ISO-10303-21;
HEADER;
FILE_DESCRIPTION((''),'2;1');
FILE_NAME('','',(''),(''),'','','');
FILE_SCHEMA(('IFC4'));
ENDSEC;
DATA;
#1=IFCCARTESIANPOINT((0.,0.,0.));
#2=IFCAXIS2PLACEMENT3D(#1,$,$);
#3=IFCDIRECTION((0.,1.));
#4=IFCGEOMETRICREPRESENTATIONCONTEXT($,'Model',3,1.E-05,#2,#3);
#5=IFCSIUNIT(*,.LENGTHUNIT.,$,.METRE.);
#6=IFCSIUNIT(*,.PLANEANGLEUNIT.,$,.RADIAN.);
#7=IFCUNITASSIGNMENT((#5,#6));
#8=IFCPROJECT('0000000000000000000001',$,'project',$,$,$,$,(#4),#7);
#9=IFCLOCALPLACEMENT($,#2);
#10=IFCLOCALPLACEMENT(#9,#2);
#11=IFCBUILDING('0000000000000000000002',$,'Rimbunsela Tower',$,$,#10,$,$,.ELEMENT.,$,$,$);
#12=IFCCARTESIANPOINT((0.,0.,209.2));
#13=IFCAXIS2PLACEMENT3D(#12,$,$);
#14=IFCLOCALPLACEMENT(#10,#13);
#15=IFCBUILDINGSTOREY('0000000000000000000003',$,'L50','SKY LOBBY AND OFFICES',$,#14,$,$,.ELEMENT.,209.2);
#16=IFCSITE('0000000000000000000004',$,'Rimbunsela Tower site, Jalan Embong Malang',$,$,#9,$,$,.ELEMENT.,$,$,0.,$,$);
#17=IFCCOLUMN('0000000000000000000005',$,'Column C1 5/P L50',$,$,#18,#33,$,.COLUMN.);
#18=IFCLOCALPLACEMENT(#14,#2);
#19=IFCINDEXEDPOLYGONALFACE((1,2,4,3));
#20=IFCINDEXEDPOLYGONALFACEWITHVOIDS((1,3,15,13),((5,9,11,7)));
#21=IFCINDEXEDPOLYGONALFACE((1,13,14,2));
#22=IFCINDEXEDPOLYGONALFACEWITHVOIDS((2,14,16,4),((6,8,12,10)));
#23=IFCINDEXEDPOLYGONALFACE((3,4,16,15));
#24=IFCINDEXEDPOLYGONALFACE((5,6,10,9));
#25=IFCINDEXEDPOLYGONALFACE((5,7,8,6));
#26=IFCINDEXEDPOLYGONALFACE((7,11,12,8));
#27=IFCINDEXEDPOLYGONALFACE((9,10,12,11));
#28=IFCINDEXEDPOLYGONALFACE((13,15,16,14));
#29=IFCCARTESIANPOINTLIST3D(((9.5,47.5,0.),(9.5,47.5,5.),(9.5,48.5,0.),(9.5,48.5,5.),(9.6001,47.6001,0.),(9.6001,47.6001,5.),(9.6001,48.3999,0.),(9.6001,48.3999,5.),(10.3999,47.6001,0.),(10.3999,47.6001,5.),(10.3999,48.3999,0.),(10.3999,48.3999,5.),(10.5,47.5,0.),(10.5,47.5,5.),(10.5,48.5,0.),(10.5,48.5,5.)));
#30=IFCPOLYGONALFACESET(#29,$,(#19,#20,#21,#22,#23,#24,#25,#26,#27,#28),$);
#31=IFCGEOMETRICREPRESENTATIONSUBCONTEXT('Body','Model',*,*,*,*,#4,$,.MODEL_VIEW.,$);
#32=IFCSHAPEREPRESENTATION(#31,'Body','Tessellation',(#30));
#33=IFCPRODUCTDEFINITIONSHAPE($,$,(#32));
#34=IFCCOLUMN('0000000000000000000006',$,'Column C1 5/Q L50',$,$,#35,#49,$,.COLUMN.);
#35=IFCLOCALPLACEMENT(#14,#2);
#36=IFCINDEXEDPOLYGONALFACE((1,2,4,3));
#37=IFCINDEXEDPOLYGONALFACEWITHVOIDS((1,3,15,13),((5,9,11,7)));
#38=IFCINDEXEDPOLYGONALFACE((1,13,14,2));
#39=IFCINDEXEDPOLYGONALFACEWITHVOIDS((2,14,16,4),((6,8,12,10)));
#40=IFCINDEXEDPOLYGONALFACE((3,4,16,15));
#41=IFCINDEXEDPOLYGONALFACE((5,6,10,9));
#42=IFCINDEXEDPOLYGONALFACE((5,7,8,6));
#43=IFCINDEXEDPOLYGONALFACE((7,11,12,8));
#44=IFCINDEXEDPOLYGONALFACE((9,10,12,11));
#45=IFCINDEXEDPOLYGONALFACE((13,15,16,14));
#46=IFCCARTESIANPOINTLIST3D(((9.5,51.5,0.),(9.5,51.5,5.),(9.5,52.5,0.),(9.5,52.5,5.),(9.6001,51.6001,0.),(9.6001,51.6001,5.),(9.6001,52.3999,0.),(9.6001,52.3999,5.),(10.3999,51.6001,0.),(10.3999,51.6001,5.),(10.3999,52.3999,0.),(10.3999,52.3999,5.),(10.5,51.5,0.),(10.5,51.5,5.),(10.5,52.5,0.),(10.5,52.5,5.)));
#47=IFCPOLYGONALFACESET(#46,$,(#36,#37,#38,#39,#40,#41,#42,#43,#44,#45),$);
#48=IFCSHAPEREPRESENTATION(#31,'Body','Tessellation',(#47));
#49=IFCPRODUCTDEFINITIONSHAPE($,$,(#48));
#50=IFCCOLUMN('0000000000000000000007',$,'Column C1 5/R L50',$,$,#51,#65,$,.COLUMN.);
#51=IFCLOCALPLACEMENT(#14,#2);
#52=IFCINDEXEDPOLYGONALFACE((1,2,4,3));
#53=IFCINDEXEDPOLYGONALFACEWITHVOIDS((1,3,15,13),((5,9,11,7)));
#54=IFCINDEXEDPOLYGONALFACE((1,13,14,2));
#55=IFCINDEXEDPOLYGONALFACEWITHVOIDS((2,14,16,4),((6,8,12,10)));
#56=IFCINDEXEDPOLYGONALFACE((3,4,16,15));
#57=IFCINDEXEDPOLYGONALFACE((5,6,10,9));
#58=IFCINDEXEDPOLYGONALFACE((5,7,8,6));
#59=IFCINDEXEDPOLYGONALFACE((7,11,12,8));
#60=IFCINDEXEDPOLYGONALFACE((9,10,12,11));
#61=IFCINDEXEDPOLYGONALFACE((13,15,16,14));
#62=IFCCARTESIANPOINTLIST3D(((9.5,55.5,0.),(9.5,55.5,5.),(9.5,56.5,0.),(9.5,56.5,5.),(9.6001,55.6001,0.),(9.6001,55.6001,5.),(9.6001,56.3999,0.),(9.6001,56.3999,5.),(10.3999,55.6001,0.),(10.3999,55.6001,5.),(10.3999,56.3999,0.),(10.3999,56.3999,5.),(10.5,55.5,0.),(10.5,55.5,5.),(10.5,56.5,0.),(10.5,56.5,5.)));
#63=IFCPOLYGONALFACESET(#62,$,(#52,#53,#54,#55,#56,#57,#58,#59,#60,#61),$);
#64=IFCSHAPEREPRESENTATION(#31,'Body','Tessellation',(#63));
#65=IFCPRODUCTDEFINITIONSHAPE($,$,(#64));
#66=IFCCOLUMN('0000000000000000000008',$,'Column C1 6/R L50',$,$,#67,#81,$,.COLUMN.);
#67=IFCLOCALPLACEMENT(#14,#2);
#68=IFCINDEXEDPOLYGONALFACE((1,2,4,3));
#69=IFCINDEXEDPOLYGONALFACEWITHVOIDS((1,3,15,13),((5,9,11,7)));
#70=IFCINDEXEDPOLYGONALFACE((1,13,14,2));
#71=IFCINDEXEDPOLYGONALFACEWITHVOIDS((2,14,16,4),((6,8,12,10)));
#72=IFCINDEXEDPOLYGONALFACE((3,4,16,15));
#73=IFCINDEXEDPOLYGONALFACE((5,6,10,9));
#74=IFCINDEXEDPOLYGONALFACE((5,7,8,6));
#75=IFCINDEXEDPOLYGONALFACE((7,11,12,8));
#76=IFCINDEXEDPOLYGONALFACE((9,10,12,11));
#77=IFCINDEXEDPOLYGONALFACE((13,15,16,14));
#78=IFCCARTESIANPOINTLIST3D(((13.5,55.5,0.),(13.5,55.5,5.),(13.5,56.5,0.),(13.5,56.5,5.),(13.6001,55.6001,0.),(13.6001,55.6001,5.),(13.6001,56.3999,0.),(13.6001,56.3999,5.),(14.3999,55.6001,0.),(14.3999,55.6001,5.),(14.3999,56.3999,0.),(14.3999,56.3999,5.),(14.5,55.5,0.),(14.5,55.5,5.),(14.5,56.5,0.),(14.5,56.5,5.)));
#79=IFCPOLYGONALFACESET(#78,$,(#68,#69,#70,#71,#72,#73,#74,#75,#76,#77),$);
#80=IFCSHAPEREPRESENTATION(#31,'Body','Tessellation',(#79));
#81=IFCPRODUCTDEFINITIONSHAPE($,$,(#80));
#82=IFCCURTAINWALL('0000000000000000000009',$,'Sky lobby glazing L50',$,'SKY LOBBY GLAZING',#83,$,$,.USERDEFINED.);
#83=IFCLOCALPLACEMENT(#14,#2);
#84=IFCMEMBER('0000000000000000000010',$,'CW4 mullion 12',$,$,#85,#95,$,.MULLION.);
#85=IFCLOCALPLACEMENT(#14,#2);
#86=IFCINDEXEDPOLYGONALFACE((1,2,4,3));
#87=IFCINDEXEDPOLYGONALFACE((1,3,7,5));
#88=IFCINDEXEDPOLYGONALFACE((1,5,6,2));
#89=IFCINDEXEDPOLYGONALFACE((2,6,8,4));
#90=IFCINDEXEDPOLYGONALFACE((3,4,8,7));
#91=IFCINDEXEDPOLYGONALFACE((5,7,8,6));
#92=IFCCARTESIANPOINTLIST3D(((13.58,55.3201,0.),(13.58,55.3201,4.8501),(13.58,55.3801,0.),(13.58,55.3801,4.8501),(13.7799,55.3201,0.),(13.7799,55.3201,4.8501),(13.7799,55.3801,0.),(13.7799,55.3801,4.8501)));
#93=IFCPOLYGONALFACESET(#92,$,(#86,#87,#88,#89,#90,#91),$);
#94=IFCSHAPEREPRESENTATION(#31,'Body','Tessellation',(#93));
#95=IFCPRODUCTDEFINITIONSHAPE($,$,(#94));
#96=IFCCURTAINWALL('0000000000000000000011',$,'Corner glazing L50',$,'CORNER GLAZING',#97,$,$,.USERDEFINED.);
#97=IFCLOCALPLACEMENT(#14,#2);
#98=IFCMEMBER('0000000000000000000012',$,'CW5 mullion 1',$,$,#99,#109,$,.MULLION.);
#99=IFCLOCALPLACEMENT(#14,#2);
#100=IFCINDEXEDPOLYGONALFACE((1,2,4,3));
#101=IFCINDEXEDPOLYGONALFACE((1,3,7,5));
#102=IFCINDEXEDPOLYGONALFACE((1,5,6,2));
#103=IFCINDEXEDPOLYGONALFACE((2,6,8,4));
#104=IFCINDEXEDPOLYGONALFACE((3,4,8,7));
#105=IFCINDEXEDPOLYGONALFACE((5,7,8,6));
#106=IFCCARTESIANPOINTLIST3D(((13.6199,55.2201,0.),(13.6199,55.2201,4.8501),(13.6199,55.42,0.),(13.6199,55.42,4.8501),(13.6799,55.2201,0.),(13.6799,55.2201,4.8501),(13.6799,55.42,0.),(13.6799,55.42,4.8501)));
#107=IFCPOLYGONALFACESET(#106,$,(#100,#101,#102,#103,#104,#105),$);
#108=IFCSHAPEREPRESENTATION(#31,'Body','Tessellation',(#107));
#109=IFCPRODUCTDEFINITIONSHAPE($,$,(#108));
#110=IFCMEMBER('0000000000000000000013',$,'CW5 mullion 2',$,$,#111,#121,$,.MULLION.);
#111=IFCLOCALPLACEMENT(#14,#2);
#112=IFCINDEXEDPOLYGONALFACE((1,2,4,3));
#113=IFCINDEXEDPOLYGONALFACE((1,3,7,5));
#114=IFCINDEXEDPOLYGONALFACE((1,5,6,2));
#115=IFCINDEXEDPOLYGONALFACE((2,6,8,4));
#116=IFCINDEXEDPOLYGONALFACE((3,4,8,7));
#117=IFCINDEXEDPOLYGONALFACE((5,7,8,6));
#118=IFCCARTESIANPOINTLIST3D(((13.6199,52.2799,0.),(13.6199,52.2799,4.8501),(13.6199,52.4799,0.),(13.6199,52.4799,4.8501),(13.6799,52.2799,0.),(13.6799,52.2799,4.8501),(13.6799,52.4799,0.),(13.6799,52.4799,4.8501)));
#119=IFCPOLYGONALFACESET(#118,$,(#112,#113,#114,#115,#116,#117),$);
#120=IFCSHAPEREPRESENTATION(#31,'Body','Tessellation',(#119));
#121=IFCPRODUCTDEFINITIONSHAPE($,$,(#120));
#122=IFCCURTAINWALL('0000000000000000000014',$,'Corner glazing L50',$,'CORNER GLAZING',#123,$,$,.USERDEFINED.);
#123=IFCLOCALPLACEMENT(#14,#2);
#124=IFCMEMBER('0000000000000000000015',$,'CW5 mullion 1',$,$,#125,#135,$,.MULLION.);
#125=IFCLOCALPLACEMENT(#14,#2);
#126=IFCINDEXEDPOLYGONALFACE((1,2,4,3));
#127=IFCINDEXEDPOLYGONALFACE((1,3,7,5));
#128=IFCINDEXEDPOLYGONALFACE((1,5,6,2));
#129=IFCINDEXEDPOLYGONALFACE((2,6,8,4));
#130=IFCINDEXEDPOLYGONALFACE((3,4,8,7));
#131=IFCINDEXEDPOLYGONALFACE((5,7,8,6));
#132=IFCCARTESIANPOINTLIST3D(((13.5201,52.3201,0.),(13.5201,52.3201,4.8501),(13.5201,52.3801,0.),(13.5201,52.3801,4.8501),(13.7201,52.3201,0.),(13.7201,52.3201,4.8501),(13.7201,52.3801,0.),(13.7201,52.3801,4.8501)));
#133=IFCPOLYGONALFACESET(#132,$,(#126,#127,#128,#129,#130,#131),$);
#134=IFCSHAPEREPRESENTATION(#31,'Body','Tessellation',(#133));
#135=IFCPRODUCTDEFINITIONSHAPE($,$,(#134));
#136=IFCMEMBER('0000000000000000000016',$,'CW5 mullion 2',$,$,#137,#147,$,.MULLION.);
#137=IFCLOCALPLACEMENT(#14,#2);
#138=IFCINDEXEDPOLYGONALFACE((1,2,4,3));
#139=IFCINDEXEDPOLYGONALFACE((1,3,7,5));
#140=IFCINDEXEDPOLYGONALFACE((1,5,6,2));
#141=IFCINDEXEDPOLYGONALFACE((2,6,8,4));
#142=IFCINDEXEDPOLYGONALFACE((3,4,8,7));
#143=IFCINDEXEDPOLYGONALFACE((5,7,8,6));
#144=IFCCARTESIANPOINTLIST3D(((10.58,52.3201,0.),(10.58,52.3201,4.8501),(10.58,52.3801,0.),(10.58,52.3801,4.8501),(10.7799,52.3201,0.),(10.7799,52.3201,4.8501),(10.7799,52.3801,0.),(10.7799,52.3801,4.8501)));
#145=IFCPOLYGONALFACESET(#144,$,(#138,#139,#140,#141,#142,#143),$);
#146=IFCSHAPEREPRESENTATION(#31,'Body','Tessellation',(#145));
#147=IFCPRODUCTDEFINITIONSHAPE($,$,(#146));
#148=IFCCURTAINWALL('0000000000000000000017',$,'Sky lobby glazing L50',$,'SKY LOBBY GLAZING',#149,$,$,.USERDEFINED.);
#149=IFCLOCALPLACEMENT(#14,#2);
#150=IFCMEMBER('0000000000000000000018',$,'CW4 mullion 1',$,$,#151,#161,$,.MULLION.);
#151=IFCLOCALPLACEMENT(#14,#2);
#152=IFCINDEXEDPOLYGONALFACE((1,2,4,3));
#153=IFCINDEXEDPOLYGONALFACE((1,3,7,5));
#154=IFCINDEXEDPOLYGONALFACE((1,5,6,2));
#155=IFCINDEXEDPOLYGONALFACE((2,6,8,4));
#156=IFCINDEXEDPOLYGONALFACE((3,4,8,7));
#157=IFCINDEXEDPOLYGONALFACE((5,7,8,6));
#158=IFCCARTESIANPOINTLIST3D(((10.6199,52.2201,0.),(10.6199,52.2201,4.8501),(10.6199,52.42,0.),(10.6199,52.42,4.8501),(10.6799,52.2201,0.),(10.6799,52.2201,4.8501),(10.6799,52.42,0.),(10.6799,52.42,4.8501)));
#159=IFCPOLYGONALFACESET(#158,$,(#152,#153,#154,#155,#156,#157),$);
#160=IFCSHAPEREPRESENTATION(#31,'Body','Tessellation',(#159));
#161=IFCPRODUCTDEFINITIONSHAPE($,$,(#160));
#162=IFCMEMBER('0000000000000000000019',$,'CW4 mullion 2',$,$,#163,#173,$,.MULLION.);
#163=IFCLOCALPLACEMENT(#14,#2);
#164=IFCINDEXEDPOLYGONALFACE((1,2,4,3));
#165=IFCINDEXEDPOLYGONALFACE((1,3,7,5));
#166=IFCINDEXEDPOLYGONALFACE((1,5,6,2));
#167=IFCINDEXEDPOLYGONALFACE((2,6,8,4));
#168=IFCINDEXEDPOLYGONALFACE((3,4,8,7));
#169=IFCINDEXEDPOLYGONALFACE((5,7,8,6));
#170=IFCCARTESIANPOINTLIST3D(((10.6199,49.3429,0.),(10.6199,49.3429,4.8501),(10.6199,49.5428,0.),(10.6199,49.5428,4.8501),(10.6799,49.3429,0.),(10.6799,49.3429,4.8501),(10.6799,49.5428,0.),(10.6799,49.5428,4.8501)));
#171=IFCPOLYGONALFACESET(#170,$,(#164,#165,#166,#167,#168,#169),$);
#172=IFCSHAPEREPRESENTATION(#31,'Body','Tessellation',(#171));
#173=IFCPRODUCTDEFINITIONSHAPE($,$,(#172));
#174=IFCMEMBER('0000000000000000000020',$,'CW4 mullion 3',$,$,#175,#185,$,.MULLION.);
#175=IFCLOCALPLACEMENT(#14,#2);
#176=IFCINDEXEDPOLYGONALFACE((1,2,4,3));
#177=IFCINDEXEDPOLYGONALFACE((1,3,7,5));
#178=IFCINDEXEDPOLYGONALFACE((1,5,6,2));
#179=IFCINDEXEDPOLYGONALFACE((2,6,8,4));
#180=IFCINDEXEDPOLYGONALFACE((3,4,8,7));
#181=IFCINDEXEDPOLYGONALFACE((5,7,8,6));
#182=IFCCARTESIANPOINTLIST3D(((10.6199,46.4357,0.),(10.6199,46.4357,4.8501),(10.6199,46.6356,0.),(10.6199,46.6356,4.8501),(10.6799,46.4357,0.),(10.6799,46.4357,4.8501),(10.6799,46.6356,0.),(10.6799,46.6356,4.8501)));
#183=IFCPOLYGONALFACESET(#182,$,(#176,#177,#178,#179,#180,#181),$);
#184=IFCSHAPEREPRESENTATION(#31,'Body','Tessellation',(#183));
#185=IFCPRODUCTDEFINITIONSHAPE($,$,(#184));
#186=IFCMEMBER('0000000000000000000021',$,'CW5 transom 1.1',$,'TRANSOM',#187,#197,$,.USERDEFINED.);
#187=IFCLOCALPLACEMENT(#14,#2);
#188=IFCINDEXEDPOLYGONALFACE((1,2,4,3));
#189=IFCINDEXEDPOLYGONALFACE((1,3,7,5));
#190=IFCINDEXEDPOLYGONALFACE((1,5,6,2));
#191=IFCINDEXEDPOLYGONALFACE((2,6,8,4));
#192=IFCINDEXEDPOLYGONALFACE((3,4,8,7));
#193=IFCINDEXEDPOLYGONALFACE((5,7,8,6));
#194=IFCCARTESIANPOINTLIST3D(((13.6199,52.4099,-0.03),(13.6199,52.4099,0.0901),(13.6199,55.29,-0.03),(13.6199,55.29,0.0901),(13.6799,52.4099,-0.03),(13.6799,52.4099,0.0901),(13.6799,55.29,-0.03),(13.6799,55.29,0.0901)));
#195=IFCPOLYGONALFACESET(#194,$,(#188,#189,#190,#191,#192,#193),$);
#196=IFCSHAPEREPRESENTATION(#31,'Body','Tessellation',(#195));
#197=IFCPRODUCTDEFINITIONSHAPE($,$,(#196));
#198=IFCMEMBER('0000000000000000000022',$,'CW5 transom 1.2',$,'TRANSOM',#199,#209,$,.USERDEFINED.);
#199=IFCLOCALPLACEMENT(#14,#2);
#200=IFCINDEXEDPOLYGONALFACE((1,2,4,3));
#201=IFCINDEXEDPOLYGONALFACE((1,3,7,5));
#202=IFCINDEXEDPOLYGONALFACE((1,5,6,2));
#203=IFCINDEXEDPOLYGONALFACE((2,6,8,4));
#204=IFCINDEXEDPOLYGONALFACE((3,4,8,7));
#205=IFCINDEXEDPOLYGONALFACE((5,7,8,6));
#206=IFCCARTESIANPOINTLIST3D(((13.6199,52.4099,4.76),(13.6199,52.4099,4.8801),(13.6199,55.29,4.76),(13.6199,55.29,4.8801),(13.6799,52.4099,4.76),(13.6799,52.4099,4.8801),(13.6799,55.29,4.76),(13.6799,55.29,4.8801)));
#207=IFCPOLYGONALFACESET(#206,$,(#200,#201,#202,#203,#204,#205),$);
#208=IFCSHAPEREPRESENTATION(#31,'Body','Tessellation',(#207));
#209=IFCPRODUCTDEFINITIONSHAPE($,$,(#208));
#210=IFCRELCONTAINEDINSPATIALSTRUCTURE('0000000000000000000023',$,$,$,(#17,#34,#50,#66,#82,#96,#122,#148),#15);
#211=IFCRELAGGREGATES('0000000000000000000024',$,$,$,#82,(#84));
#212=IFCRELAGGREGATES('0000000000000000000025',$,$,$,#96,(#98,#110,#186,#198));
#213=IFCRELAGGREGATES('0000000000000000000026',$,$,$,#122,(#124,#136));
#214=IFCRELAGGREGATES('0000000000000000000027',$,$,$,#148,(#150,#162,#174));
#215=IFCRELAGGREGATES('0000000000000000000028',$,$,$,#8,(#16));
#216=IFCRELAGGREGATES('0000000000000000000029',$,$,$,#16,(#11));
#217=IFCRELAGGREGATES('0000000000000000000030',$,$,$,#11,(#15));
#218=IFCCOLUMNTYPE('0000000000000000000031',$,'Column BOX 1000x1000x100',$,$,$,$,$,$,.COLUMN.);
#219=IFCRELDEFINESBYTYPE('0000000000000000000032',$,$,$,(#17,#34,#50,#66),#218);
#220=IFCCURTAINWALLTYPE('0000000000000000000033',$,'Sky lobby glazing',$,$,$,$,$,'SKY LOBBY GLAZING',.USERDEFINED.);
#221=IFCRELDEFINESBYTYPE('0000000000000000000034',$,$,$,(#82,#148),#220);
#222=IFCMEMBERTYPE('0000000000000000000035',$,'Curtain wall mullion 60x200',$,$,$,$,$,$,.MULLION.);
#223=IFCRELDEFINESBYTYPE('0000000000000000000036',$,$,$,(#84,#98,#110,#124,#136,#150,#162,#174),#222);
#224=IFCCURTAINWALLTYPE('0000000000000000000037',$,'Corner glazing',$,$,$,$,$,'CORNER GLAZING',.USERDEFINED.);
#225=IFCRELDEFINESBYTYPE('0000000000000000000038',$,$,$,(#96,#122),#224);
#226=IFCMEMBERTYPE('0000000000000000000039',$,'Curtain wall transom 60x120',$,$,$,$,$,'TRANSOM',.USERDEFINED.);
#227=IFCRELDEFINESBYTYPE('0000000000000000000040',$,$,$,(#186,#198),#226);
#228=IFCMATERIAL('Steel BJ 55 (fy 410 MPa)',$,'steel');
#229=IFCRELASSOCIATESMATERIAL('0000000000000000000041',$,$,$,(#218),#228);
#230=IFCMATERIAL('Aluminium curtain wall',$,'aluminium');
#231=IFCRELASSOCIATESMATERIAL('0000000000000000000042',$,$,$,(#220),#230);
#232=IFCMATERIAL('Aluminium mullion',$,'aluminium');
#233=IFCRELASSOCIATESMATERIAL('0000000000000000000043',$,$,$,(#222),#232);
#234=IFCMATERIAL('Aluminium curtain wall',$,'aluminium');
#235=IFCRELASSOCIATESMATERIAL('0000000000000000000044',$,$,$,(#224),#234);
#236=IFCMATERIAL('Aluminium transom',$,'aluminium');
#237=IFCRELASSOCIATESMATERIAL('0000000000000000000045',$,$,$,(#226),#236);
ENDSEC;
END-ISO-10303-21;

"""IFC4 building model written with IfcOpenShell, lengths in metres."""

from ifc_helpers import new_model, si_unit, direction, frame, origin, origin_2d, place, context, subcontext, project, spatial, rectangle, hollow_rectangle, extrude, material, material_profile, profile_set, type_object, element, aggregate, save


model = new_model("IFC4")

# Units and contexts
model_context = context("Model", 3, precision=1e-05, world=origin(), true_north=direction((0.0, 1.0)))
body_context = subcontext(model_context, "Body", "Model", "MODEL_VIEW")
ifc_project = project(units=[si_unit("LENGTHUNIT", "METRE"), si_unit("PLANEANGLEUNIT", "RADIAN")], contexts=[model_context])

# Site, building, storey
site_placement = place(None, origin())
site = spatial("IfcSite", under=ifc_project, at=site_placement, Name="Rimbunsela Tower site, Jalan Embong Malang", CompositionType="ELEMENT", RefElevation=0.0)
building_placement = place(site_placement, origin())
building = spatial("IfcBuilding", under=site, at=building_placement, Name="Rimbunsela Tower", CompositionType="ELEMENT")
storey_placement = place(building_placement, frame((0.0, 0.0, 209.2)))
storey = spatial("IfcBuildingStorey", under=building, at=storey_placement, Name="L50", Description="SKY LOBBY AND OFFICES", CompositionType="ELEMENT", Elevation=209.2)

# Columns
ifc_material_1 = material(Name="Steel BJ 55 (fy 410 MPa)", Category="steel")
ifc_material_profile_1 = material_profile(ifc_material_1, hollow_rectangle(XDim=1.0, YDim=1.0, WallThickness=0.1001, at=origin_2d()), Name="BOX 1000x1000x100")
ifc_profile_set_1 = profile_set([ifc_material_profile_1], Name="Steel BJ 55 (fy 410 MPa)")
column_type = type_object("IfcColumnType", Name="Column BOX 1000x1000x100", PredefinedType="COLUMN", material=ifc_profile_set_1)
for number, where, z_axis, x_axis, name in (
    (1, (10.0, 48.0, 0.0), (0.0, 0.0, 1.0), (1.0, 0.0, 0.0), "Column C1 5/P L50"),
    (2, (10.0, 52.0, 0.0), (0.0, 0.0, 1.0), (1.0, 0.0, 0.0), "Column C1 5/Q L50"),
    (3, (10.0, 56.0, 0.0), (0.0, 0.0, 1.0), (1.0, 0.0, 0.0), "Column C1 5/R L50"),
    (4, (14.0, 56.0, 0.0), (0.0, 0.0, 1.0), (1.0, 0.0, 0.0), "Column C1 6/R L50"),
):
    element("IfcColumn", number, at=place(storey_placement, frame(where, z_axis=z_axis, x_axis=x_axis)), inside=storey, type_object=column_type, Name=name, PredefinedType="COLUMN", context=body_context, shape_type="SweptSolid", body=[
        extrude(hollow_rectangle(XDim=1.0, YDim=1.0, WallThickness=0.1001, at=origin_2d()), origin(), (0.0, 0.0, 1.0), 5.0),
    ])

# Curtain wall, member
ifc_material_2 = material(Name="Aluminium curtain wall", Category="aluminium")
curtain_wall_type_1 = type_object("IfcCurtainWallType", Name="Sky lobby glazing", ElementType="SKY LOBBY GLAZING", PredefinedType="USERDEFINED", material=ifc_material_2)
curtain_wall_1_placement = place(storey_placement, origin())
curtain_wall_1 = element("IfcCurtainWall", 5, at=curtain_wall_1_placement, inside=storey, type_object=curtain_wall_type_1, Name="Sky lobby glazing L50", ObjectType="SKY LOBBY GLAZING", PredefinedType="USERDEFINED")
ifc_material_3 = material(Name="Aluminium mullion", Category="aluminium")
ifc_material_profile_2 = material_profile(ifc_material_3, rectangle(XDim=0.0601, YDim=0.2, at=origin_2d()), Name="Mullion 60x200")
ifc_profile_set_2 = profile_set([ifc_material_profile_2], Name="Aluminium mullion")
member_type_1 = type_object("IfcMemberType", Name="Curtain wall mullion 60x200", PredefinedType="MULLION", material=ifc_profile_set_2)
member_1_placement = place(storey_placement, frame((13.6799, 55.3501, 0.0), z_axis=(0.0, 0.0, 1.0), x_axis=(0.0, -1.0, 0.0)))
member_1 = element("IfcMember", 6, at=member_1_placement, type_object=member_type_1, Name="CW4 mullion 12", PredefinedType="MULLION", context=body_context, shape_type="SweptSolid", body=[
    extrude(rectangle(XDim=0.0601, YDim=0.2, at=origin_2d()), origin(), (0.0, 0.0, 1.0), 4.8501),
])
aggregate(curtain_wall_1, [member_1])

# Curtain walls, members
ifc_material_4 = material(Name="Aluminium curtain wall", Category="aluminium")
curtain_wall_type_2 = type_object("IfcCurtainWallType", Name="Corner glazing", ElementType="CORNER GLAZING", PredefinedType="USERDEFINED", material=ifc_material_4)
curtain_wall_2_placement = place(storey_placement, origin())
curtain_wall_2 = element("IfcCurtainWall", 7, at=curtain_wall_2_placement, inside=storey, type_object=curtain_wall_type_2, Name="Corner glazing L50", ObjectType="CORNER GLAZING", PredefinedType="USERDEFINED")
member_2_placement = place(storey_placement, frame((13.6499, 55.3201, 0.0), z_axis=(0.0, 0.0, 1.0), x_axis=(1.0, 0.0, 0.0)))
member_2 = element("IfcMember", 8, at=member_2_placement, type_object=member_type_1, Name="CW5 mullion 1", PredefinedType="MULLION", context=body_context, shape_type="SweptSolid", body=[
    extrude(rectangle(XDim=0.0601, YDim=0.2, at=origin_2d()), origin(), (0.0, 0.0, 1.0), 4.8501),
])
member_3_placement = place(storey_placement, frame((13.6499, 52.3799, 0.0), z_axis=(0.0, 0.0, 1.0), x_axis=(1.0, 0.0, 0.0)))
member_3 = element("IfcMember", 9, at=member_3_placement, type_object=member_type_1, Name="CW5 mullion 2", PredefinedType="MULLION", context=body_context, shape_type="SweptSolid", body=[
    extrude(rectangle(XDim=0.0601, YDim=0.2, at=origin_2d()), origin(), (0.0, 0.0, 1.0), 4.8501),
])
curtain_wall_3_placement = place(storey_placement, origin())
curtain_wall_3 = element("IfcCurtainWall", 10, at=curtain_wall_3_placement, inside=storey, type_object=curtain_wall_type_2, Name="Corner glazing L50", ObjectType="CORNER GLAZING", PredefinedType="USERDEFINED")
member_4_placement = place(storey_placement, frame((13.6201, 52.3501, 0.0), z_axis=(0.0, 0.0, 1.0), x_axis=(0.0, -1.0, 0.0)))
member_4 = element("IfcMember", 11, at=member_4_placement, type_object=member_type_1, Name="CW5 mullion 1", PredefinedType="MULLION", context=body_context, shape_type="SweptSolid", body=[
    extrude(rectangle(XDim=0.0601, YDim=0.2, at=origin_2d()), origin(), (0.0, 0.0, 1.0), 4.8501),
])
member_5_placement = place(storey_placement, frame((10.6799, 52.3501, 0.0), z_axis=(0.0, 0.0, 1.0), x_axis=(0.0, -1.0, 0.0)))
member_5 = element("IfcMember", 12, at=member_5_placement, type_object=member_type_1, Name="CW5 mullion 2", PredefinedType="MULLION", context=body_context, shape_type="SweptSolid", body=[
    extrude(rectangle(XDim=0.0601, YDim=0.2, at=origin_2d()), origin(), (0.0, 0.0, 1.0), 4.8501),
])
curtain_wall_4_placement = place(storey_placement, origin())
curtain_wall_4 = element("IfcCurtainWall", 13, at=curtain_wall_4_placement, inside=storey, type_object=curtain_wall_type_1, Name="Sky lobby glazing L50", ObjectType="SKY LOBBY GLAZING", PredefinedType="USERDEFINED")
member_6_placement = place(storey_placement, frame((10.6499, 52.3201, 0.0), z_axis=(0.0, 0.0, 1.0), x_axis=(1.0, 0.0, 0.0)))
member_6 = element("IfcMember", 14, at=member_6_placement, type_object=member_type_1, Name="CW4 mullion 1", PredefinedType="MULLION", context=body_context, shape_type="SweptSolid", body=[
    extrude(rectangle(XDim=0.0601, YDim=0.2, at=origin_2d()), origin(), (0.0, 0.0, 1.0), 4.8501),
])
member_7_placement = place(storey_placement, frame((10.6499, 49.4429, 0.0), z_axis=(0.0, 0.0, 1.0), x_axis=(1.0, 0.0, 0.0)))
member_7 = element("IfcMember", 15, at=member_7_placement, type_object=member_type_1, Name="CW4 mullion 2", PredefinedType="MULLION", context=body_context, shape_type="SweptSolid", body=[
    extrude(rectangle(XDim=0.0601, YDim=0.2, at=origin_2d()), origin(), (0.0, 0.0, 1.0), 4.8501),
])
member_8_placement = place(storey_placement, frame((10.6499, 46.5356, 0.0), z_axis=(0.0, 0.0, 1.0), x_axis=(1.0, 0.0, 0.0)))
member_8 = element("IfcMember", 16, at=member_8_placement, type_object=member_type_1, Name="CW4 mullion 3", PredefinedType="MULLION", context=body_context, shape_type="SweptSolid", body=[
    extrude(rectangle(XDim=0.0601, YDim=0.2, at=origin_2d()), origin(), (0.0, 0.0, 1.0), 4.8501),
])

# Members
ifc_material_5 = material(Name="Aluminium transom", Category="aluminium")
ifc_material_profile_3 = material_profile(ifc_material_5, rectangle(XDim=0.0601, YDim=0.1201, at=origin_2d()), Name="Transom 60x120")
ifc_profile_set_3 = profile_set([ifc_material_profile_3], Name="Aluminium transom")
member_type_2 = type_object("IfcMemberType", Name="Curtain wall transom 60x120", ElementType="TRANSOM", PredefinedType="USERDEFINED", material=ifc_profile_set_3)
member_9_placement = place(storey_placement, frame((13.6499, 55.29, 0.03), z_axis=(0.0, -1.0, 0.0), x_axis=(1.0, 0.0, 0.0)))
member_9 = element("IfcMember", 17, at=member_9_placement, type_object=member_type_2, Name="CW5 transom 1.1", ObjectType="TRANSOM", PredefinedType="USERDEFINED", context=body_context, shape_type="SweptSolid", body=[
    extrude(rectangle(XDim=0.0601, YDim=0.1201, at=origin_2d()), origin(), (0.0, 0.0, 1.0), 2.8801),
])
member_10_placement = place(storey_placement, frame((13.6499, 55.29, 4.8201), z_axis=(0.0, -1.0, 0.0), x_axis=(1.0, 0.0, 0.0)))
member_10 = element("IfcMember", 18, at=member_10_placement, type_object=member_type_2, Name="CW5 transom 1.2", ObjectType="TRANSOM", PredefinedType="USERDEFINED", context=body_context, shape_type="SweptSolid", body=[
    extrude(rectangle(XDim=0.0601, YDim=0.1201, at=origin_2d()), origin(), (0.0, 0.0, 1.0), 2.8801),
])

aggregate(curtain_wall_2, [member_2, member_3, member_9, member_10])
aggregate(curtain_wall_3, [member_4, member_5])
aggregate(curtain_wall_4, [member_6, member_7, member_8])

save(model, "model.ifc")
